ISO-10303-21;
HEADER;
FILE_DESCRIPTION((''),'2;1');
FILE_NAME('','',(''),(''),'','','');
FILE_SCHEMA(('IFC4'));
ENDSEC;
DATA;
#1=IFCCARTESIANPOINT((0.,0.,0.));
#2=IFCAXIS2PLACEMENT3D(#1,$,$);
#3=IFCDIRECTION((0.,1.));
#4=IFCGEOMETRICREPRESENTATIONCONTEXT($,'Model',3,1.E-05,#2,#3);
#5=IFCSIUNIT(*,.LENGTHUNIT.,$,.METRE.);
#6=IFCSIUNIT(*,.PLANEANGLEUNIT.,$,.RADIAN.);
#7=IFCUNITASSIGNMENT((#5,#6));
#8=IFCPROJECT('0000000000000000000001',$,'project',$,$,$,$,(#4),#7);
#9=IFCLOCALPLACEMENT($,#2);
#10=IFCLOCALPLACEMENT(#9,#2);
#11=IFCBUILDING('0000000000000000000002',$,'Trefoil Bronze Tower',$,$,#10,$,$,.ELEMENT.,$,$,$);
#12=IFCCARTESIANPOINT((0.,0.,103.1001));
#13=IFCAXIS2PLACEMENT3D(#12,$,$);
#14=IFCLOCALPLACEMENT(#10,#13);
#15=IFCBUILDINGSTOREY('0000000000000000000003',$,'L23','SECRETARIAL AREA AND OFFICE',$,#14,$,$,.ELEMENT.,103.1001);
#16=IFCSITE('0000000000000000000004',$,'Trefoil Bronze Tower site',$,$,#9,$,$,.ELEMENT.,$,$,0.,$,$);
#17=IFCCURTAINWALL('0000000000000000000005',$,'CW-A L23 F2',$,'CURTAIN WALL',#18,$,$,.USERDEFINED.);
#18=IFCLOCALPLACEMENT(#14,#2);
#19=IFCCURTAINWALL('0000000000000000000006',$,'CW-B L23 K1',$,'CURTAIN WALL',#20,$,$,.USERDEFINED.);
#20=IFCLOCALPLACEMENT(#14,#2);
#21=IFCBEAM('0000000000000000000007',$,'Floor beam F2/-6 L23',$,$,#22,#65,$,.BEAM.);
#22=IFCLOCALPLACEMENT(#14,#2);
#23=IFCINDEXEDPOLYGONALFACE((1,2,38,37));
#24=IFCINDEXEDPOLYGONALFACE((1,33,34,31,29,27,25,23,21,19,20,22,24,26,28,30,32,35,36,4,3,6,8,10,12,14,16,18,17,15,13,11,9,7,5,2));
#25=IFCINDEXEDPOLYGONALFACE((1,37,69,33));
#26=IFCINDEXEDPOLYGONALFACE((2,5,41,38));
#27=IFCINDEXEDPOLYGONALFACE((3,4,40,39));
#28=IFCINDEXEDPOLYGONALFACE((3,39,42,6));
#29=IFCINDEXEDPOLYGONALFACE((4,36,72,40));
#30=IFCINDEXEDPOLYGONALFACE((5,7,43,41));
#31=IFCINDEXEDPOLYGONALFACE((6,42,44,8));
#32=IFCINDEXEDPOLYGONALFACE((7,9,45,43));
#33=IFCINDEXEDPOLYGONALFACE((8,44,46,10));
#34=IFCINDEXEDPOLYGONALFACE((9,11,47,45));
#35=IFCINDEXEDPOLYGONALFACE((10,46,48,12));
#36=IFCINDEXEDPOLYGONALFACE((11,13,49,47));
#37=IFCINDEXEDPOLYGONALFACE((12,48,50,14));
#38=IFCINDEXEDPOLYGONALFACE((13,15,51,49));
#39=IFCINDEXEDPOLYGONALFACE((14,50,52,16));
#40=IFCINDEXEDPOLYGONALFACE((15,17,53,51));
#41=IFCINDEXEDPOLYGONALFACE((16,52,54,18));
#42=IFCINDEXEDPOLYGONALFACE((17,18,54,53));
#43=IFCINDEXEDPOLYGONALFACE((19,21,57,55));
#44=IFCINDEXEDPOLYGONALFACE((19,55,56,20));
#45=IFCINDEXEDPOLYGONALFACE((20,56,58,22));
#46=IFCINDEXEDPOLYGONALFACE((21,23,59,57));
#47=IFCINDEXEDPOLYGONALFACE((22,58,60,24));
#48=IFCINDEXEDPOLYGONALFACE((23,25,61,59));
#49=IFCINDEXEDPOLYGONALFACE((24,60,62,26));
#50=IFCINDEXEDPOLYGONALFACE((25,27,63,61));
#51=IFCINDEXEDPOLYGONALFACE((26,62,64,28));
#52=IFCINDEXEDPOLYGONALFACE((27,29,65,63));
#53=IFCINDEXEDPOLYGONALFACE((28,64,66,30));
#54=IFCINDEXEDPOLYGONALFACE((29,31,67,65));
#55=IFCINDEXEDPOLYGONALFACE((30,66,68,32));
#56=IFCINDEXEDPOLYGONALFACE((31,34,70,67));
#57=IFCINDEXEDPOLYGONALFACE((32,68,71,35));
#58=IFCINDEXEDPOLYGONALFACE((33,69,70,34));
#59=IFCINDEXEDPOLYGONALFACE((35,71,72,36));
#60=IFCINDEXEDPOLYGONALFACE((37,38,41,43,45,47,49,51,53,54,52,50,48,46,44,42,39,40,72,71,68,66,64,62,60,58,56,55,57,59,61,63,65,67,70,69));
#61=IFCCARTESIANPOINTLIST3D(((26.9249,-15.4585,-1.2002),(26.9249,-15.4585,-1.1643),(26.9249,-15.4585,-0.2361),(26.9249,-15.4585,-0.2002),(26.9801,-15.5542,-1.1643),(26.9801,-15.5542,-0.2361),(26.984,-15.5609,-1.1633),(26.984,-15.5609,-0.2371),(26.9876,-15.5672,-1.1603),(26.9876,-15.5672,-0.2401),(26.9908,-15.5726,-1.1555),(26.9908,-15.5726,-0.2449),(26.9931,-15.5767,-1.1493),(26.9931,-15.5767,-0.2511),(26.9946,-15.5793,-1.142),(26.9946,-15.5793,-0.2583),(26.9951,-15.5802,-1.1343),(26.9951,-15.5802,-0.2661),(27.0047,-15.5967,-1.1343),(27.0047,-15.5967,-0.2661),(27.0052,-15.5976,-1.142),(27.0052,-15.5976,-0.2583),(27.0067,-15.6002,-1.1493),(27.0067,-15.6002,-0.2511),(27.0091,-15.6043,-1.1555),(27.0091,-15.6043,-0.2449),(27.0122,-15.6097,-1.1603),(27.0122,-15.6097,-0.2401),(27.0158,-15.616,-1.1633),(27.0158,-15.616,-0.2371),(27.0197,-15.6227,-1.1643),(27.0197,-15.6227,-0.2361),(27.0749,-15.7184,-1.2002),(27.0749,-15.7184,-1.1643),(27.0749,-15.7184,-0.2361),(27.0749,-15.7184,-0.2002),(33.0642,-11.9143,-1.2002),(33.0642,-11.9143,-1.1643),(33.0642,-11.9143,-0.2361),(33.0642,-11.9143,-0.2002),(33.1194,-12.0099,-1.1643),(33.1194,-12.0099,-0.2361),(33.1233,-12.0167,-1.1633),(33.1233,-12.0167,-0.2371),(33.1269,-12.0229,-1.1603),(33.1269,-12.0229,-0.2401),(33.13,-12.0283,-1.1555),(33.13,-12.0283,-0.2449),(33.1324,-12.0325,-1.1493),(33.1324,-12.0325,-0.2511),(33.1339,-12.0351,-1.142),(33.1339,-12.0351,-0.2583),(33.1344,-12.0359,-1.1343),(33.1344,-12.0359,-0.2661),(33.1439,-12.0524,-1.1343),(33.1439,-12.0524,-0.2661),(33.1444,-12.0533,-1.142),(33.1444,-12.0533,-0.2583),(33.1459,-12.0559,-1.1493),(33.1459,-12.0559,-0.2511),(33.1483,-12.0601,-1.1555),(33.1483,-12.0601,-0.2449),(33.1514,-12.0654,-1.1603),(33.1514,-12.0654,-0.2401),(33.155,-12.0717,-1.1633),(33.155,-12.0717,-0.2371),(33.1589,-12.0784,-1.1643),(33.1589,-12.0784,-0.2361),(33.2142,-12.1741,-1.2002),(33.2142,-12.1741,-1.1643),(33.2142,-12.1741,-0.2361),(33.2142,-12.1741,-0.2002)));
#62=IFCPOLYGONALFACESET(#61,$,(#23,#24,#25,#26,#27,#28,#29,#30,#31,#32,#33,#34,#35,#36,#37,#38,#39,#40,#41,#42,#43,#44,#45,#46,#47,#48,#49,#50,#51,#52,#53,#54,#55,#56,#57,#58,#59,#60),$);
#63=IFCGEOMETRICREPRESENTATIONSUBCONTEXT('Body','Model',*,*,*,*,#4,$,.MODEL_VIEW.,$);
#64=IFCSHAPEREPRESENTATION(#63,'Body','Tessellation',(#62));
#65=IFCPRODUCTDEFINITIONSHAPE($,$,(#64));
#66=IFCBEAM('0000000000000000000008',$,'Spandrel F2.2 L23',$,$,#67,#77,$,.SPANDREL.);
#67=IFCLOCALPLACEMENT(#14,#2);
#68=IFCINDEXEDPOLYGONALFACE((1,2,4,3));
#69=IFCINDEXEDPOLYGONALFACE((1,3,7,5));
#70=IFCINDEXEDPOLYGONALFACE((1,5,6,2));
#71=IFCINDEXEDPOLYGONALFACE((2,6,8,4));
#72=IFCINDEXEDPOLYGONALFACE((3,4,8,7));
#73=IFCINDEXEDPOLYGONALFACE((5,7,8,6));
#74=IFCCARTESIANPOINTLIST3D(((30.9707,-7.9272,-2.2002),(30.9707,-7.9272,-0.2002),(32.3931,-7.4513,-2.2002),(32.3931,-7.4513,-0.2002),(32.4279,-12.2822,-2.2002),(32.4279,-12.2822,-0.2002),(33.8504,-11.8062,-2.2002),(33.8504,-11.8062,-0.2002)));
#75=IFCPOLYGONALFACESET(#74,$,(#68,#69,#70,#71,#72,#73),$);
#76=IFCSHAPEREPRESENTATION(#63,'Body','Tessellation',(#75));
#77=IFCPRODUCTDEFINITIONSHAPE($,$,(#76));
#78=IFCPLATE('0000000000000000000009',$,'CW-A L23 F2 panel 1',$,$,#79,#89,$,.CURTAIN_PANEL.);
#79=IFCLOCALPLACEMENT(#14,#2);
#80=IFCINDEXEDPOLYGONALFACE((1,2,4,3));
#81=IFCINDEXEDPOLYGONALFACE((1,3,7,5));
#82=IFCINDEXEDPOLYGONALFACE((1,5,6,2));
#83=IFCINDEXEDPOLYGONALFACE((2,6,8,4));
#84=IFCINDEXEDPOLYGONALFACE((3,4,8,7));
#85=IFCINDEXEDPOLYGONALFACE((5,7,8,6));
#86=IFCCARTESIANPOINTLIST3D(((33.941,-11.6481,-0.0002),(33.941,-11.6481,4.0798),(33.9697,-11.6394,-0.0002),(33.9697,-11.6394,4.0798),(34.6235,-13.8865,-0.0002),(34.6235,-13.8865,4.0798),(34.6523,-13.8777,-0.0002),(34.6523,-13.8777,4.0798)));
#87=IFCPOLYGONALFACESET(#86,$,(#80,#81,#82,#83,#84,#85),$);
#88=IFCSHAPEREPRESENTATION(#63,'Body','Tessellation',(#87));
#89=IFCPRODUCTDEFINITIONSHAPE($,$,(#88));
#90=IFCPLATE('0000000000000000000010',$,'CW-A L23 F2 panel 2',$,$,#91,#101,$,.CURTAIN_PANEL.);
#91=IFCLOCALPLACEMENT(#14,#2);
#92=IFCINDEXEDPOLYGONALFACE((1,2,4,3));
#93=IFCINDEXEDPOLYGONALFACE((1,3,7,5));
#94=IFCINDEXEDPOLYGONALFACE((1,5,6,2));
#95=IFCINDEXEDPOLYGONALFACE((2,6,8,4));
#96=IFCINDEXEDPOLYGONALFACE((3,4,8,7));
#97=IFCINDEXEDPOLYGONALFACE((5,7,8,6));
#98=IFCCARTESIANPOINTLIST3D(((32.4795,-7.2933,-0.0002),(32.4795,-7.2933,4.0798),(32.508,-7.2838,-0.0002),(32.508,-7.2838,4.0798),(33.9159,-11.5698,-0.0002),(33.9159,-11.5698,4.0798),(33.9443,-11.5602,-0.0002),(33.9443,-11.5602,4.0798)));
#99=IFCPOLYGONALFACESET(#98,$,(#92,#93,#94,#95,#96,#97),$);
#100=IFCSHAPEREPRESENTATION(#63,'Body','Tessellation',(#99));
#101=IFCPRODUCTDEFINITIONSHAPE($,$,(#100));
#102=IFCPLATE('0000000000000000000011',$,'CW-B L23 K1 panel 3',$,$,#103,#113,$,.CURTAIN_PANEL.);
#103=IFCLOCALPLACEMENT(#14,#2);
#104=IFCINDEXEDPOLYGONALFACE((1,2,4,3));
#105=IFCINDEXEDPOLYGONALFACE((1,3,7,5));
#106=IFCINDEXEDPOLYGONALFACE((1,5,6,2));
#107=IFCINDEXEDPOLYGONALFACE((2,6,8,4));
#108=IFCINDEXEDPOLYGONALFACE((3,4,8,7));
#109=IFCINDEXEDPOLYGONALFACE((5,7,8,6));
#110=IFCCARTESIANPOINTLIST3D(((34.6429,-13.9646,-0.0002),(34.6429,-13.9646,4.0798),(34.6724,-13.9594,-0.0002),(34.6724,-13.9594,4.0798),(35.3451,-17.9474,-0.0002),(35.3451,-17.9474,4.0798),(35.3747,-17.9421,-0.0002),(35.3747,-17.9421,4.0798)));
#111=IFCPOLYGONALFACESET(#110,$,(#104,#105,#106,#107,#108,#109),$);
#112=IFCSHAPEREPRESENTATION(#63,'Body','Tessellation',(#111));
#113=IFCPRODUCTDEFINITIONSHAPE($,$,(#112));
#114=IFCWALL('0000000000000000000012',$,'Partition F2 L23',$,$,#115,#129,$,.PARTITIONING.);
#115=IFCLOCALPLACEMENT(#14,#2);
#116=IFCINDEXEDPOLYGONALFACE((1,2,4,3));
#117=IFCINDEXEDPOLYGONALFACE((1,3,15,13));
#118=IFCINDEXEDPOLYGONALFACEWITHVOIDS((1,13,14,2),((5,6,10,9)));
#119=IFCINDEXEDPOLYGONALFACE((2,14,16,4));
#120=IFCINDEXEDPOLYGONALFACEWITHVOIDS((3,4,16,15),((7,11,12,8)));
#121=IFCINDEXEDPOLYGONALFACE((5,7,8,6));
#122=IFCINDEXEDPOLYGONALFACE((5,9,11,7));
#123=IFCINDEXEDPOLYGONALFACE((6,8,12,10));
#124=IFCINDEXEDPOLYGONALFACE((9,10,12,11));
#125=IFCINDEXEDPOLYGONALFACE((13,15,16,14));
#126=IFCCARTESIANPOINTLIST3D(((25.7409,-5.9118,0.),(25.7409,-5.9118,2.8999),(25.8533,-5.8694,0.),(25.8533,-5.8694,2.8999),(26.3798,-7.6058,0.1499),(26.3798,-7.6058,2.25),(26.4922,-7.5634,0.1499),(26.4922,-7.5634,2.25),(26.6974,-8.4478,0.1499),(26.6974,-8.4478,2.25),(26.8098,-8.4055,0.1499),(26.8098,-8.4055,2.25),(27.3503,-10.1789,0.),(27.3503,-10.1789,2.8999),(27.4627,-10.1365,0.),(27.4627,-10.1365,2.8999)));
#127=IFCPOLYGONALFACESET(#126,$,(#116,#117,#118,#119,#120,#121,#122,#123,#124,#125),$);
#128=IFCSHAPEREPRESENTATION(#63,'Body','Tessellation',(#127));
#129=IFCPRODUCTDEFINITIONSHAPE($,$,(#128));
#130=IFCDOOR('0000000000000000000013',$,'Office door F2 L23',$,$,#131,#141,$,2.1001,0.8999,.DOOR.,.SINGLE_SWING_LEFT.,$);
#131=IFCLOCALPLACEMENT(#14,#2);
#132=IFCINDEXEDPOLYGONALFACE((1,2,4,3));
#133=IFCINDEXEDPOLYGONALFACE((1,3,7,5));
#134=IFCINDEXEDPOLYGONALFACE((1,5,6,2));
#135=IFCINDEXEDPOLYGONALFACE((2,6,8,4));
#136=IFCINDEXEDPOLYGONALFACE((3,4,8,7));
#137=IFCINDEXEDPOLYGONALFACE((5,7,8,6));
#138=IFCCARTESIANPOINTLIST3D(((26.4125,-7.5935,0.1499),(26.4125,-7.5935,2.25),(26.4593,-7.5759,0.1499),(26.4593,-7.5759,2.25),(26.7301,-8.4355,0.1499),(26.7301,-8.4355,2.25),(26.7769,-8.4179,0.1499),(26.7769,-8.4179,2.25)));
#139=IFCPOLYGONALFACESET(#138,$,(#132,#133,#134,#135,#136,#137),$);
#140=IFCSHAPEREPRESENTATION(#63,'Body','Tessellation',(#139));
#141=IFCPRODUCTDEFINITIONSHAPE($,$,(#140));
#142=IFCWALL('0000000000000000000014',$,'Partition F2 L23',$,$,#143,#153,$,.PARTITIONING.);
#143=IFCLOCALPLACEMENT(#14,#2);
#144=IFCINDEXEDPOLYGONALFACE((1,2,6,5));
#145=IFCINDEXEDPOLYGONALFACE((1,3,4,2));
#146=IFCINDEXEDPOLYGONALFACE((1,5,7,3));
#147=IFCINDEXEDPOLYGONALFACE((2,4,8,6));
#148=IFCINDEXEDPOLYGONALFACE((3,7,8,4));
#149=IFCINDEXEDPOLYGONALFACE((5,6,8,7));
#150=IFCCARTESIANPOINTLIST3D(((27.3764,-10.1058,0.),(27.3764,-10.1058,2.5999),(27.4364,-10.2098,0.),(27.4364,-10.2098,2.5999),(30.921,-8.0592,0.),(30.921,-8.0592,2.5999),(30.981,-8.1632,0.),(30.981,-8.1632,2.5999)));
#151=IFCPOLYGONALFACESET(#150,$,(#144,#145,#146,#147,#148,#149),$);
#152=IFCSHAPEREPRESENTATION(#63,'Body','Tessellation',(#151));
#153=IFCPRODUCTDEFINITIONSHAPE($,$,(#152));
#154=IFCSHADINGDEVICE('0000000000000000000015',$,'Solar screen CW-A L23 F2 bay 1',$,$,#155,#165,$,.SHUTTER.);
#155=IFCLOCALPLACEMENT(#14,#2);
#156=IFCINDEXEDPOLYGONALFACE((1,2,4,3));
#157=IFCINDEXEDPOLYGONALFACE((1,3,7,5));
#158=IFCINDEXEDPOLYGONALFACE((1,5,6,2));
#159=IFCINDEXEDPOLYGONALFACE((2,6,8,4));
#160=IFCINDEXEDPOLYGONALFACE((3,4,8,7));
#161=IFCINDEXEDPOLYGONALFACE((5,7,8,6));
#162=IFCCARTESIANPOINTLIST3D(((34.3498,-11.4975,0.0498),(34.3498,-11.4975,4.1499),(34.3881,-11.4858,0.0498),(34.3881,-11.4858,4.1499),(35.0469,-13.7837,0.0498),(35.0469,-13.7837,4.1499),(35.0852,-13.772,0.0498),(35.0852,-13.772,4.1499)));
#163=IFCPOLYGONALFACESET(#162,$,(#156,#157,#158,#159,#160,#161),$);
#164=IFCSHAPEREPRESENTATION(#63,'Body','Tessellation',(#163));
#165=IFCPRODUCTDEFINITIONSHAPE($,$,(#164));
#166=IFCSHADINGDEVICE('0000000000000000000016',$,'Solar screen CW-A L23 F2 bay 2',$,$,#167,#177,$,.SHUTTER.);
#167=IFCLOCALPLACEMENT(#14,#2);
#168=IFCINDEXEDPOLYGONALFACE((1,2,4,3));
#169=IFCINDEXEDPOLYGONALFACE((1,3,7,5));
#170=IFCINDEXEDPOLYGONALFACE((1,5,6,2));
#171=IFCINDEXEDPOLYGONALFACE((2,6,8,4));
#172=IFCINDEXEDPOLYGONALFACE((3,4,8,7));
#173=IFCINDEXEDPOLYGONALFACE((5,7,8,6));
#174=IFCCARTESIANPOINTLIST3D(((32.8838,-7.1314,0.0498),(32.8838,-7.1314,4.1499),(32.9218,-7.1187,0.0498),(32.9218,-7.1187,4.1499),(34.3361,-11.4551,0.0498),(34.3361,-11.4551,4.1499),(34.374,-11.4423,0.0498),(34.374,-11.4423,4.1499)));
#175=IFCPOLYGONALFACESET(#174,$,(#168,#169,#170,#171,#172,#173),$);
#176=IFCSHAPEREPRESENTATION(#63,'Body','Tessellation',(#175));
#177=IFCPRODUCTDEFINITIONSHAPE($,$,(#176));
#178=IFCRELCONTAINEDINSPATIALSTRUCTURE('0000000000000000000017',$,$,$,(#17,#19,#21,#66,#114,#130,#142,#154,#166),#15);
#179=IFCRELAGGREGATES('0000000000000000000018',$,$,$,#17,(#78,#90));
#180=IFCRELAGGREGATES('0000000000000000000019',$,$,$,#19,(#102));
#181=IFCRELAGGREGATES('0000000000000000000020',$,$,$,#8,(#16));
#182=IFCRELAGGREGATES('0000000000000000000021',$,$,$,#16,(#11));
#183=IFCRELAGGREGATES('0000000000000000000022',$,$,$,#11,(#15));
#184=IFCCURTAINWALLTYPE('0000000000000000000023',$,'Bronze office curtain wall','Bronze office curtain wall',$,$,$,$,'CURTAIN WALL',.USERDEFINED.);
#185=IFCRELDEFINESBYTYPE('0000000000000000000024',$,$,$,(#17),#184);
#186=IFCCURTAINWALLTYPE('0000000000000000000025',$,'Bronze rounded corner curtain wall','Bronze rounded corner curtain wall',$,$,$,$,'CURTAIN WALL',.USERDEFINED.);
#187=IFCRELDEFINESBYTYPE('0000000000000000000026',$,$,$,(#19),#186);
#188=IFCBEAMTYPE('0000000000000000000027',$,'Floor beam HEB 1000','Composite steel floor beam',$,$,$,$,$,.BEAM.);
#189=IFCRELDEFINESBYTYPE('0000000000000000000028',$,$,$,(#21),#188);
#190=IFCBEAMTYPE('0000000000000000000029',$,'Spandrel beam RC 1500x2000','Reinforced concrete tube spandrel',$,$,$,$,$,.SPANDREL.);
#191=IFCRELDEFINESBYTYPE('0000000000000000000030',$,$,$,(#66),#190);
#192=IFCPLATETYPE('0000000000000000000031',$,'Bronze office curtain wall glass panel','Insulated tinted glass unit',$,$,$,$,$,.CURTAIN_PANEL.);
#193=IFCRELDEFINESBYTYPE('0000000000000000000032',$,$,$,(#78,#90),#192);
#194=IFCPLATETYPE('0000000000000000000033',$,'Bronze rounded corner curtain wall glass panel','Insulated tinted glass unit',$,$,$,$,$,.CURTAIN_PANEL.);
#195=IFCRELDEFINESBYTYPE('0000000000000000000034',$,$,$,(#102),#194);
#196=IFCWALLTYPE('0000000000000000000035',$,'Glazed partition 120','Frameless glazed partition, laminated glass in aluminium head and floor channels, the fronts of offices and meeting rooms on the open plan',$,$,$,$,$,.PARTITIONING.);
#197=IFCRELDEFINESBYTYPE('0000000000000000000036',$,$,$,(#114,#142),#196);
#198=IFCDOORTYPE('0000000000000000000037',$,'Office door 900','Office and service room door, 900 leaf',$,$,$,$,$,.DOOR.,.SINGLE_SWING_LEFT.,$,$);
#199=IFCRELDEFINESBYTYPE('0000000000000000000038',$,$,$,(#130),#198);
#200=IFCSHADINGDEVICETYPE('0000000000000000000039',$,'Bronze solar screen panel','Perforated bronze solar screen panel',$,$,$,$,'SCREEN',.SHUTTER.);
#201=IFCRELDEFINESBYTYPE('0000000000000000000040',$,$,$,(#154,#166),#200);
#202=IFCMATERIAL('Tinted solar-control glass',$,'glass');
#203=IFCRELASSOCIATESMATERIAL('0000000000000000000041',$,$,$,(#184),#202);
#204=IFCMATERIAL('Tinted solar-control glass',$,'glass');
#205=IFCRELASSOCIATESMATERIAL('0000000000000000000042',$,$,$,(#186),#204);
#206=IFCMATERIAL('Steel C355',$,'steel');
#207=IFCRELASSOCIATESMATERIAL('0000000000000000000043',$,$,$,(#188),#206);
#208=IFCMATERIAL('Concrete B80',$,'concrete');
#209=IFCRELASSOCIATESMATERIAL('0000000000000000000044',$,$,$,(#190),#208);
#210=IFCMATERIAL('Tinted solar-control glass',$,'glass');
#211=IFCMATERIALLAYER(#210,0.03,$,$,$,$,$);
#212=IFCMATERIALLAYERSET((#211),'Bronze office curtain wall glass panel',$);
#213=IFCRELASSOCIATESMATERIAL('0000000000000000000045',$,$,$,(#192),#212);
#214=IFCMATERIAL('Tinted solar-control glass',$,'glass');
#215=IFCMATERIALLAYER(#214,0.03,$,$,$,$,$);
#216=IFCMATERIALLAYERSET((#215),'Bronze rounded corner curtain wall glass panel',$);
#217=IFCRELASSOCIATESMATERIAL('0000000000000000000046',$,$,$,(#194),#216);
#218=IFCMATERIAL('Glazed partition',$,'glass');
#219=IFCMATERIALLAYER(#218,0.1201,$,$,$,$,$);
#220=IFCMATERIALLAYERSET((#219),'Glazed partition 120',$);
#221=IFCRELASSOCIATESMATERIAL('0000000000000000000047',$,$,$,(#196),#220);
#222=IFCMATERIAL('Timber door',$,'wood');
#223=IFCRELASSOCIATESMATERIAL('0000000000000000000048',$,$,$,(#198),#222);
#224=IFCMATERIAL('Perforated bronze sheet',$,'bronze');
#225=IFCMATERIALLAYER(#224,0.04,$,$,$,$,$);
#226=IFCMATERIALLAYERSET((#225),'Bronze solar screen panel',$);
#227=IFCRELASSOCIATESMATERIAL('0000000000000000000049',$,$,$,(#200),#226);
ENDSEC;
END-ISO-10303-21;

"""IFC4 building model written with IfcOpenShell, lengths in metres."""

from ifc_helpers import new_model, si_unit, direction, frame, frame_2d, origin, origin_2d, place, context, subcontext, project, spatial, rectangle, i_section, extrude, material, layer, layer_set, material_profile, profile_set, type_object, element, fill, aggregate, save


model = new_model("IFC4")

# Units and contexts
model_context = context("Model", 3, precision=1e-05, world=origin(), true_north=direction((0.0, 1.0)))
body_context = subcontext(model_context, "Body", "Model", "MODEL_VIEW")
ifc_project = project(units=[si_unit("LENGTHUNIT", "METRE"), si_unit("PLANEANGLEUNIT", "RADIAN")], contexts=[model_context])

# Site, building, storey
site_placement = place(None, origin())
site = spatial("IfcSite", under=ifc_project, at=site_placement, Name="Trefoil Bronze Tower site", CompositionType="ELEMENT", RefElevation=0.0)
building_placement = place(site_placement, origin())
building = spatial("IfcBuilding", under=site, at=building_placement, Name="Trefoil Bronze Tower", CompositionType="ELEMENT")
storey_placement = place(building_placement, frame((0.0, 0.0, 103.1001)))
storey = spatial("IfcBuildingStorey", under=building, at=storey_placement, Name="L23", Description="SECRETARIAL AREA AND OFFICE", CompositionType="ELEMENT", Elevation=103.1001)

# Curtain wall
ifc_material_1 = material(Name="Tinted solar-control glass", Category="glass")
curtain_wall_type_1 = type_object("IfcCurtainWallType", Name="Bronze office curtain wall", Description="Bronze office curtain wall", ElementType="CURTAIN WALL", PredefinedType="USERDEFINED", material=ifc_material_1)
curtain_wall_1_placement = place(storey_placement, origin())
curtain_wall_1 = element("IfcCurtainWall", 1, at=curtain_wall_1_placement, inside=storey, type_object=curtain_wall_type_1, Name="CW-A L23 F2", ObjectType="CURTAIN WALL", PredefinedType="USERDEFINED")

# Curtain wall
ifc_material_2 = material(Name="Tinted solar-control glass", Category="glass")
curtain_wall_type_2 = type_object("IfcCurtainWallType", Name="Bronze rounded corner curtain wall", Description="Bronze rounded corner curtain wall", ElementType="CURTAIN WALL", PredefinedType="USERDEFINED", material=ifc_material_2)
curtain_wall_2_placement = place(storey_placement, origin())
curtain_wall_2 = element("IfcCurtainWall", 2, at=curtain_wall_2_placement, inside=storey, type_object=curtain_wall_type_2, Name="CW-B L23 K1", ObjectType="CURTAIN WALL", PredefinedType="USERDEFINED")

# Beams
ifc_material_3 = material(Name="Steel C355", Category="steel")
ifc_material_profile_1 = material_profile(ifc_material_3, i_section(OverallWidth=0.3, OverallDepth=1.0, WebThickness=0.019, FlangeThickness=0.0359, FilletRadius=0.03, at=origin_2d()), Name="HEB 1000")
ifc_profile_set_1 = profile_set([ifc_material_profile_1], Name="Steel C355")
beam_type_1 = type_object("IfcBeamType", Name="Floor beam HEB 1000", Description="Composite steel floor beam", PredefinedType="BEAM", material=ifc_profile_set_1)
beam_1_placement = place(storey_placement, frame((33.1392, -12.0442, -0.7002), z_axis=(-0.866041, -0.499973, 0.0), x_axis=(0.499973, -0.866041, 0.0)))
element("IfcBeam", 3, at=beam_1_placement, inside=storey, type_object=beam_type_1, Name="Floor beam F2/-6 L23", PredefinedType="BEAM", context=body_context, shape_type="SweptSolid", body=[
    extrude(i_section(OverallWidth=0.3, OverallDepth=1.0, WebThickness=0.019, FlangeThickness=0.0359, FilletRadius=0.03, at=origin_2d()), origin(), (0.0, 0.0, 1.0), 7.0889),
])
ifc_material_4 = material(Name="Concrete B80", Category="concrete")
ifc_material_profile_2 = material_profile(ifc_material_4, rectangle(XDim=1.5, YDim=2.0, at=origin_2d()), Name="RC 1500x2000")
ifc_profile_set_2 = profile_set([ifc_material_profile_2], Name="Concrete B80")
beam_type_2 = type_object("IfcBeamType", Name="Spandrel beam RC 1500x2000", Description="Reinforced concrete tube spandrel", PredefinedType="SPANDREL", material=ifc_profile_set_2)
beam_2_placement = place(storey_placement, frame((33.1392, -12.0442, -1.2002), z_axis=(-0.317328, 0.948316, 0.0), x_axis=(-0.948316, -0.317328, 0.0)))
element("IfcBeam", 4, at=beam_2_placement, inside=storey, type_object=beam_type_2, Name="Spandrel F2.2 L23", PredefinedType="SPANDREL", context=body_context, shape_type="SweptSolid", body=[
    extrude(rectangle(XDim=1.5, YDim=2.0, at=origin_2d()), origin(), (0.0, 0.0, 1.0), 4.5923),
])

# Plates
ifc_material_5 = material(Name="Tinted solar-control glass", Category="glass")
ifc_layer_1 = layer(ifc_material_5, 0.03)
ifc_layer_set_1 = layer_set([ifc_layer_1], Name="Bronze office curtain wall glass panel")
plate_type_1 = type_object("IfcPlateType", Name="Bronze office curtain wall glass panel", Description="Insulated tinted glass unit", PredefinedType="CURTAIN_PANEL", material=ifc_layer_set_1)
plate_1_placement = place(storey_placement, frame((34.2966, -12.7629, -0.0002), z_axis=(0.0, 0.0, 1.0), x_axis=(-0.291669, 0.956519, 0.0)))
plate_1 = element("IfcPlate", 5, at=plate_1_placement, type_object=plate_type_1, Name="CW-A L23 F2 panel 1", PredefinedType="CURTAIN_PANEL", context=body_context, shape_type="SweptSolid", body=[
    extrude(rectangle(XDim=2.3401, YDim=0.03, at=origin_2d()), origin(), (0.0, 0.0, 1.0), 4.0801),
])
plate_2_placement = place(storey_placement, frame((33.2119, -9.4268, -0.0002), z_axis=(0.0, 0.0, 1.0), x_axis=(-0.318404, 0.947955, 0.0)))
plate_2 = element("IfcPlate", 6, at=plate_2_placement, type_object=plate_type_1, Name="CW-A L23 F2 panel 2", PredefinedType="CURTAIN_PANEL", context=body_context, shape_type="SweptSolid", body=[
    extrude(rectangle(XDim=4.5112, YDim=0.03, at=origin_2d()), origin(), (0.0, 0.0, 1.0), 4.0801),
])
aggregate(curtain_wall_1, [plate_1, plate_2])
ifc_material_6 = material(Name="Tinted solar-control glass", Category="glass")
ifc_layer_2 = layer(ifc_material_6, 0.03)
ifc_layer_set_2 = layer_set([ifc_layer_2], Name="Bronze rounded corner curtain wall glass panel")
plate_type_2 = type_object("IfcPlateType", Name="Bronze rounded corner curtain wall glass panel", Description="Insulated tinted glass unit", PredefinedType="CURTAIN_PANEL", material=ifc_layer_set_2)
plate_3_placement = place(storey_placement, frame((35.0088, -15.9534, -0.0002), z_axis=(0.0, 0.0, 1.0), x_axis=(-0.173648, 0.984808, 0.0)))
plate_3 = element("IfcPlate", 7, at=plate_3_placement, type_object=plate_type_2, Name="CW-B L23 K1 panel 3", PredefinedType="CURTAIN_PANEL", context=body_context, shape_type="SweptSolid", body=[
    extrude(rectangle(XDim=4.0442, YDim=0.03, at=origin_2d()), origin(), (0.0, 0.0, 1.0), 4.0801),
])
aggregate(curtain_wall_2, [plate_3])

# Wall, opening, door
ifc_material_7 = material(Name="Glazed partition", Category="glass")
ifc_layer_3 = layer(ifc_material_7, 0.1201)
ifc_layer_set_3 = layer_set([ifc_layer_3], Name="Glazed partition 120")
wall_type = type_object("IfcWallType", Name="Glazed partition 120", Description="Frameless glazed partition, laminated glass in aluminium head and floor channels, the fronts of offices and meeting rooms on the open plan", PredefinedType="PARTITIONING", material=ifc_layer_set_3)
wall_1_placement = place(storey_placement, frame((27.4065, -10.1577, 0.0), z_axis=(0.0, 0.0, 1.0), x_axis=(-0.352895, 0.935663, 0.0)))
wall_1 = element("IfcWall", 8, at=wall_1_placement, inside=storey, type_object=wall_type, Name="Partition F2 L23", PredefinedType="PARTITIONING", context=body_context, shape_type="SweptSolid", body=[
    extrude(rectangle(XDim=4.5605, YDim=0.1201, at=frame_2d((2.2803, 0.0))), origin(), (0.0, 0.0, 1.0), 2.8999),
])
opening_placement = place(wall_1_placement, frame((1.8501, 0.0, 0.1499)))
opening = element("IfcOpeningElement", 9, at=opening_placement, cuts=wall_1, PredefinedType="OPENING", context=body_context, shape_type="SweptSolid", body=[
    extrude(rectangle(XDim=0.8999, YDim=2.1001, at=frame_2d((0.45, 1.05))), frame((0.0, 0.0701, 0.0), z_axis=(0.0, -1.0, 0.0), x_axis=(1.0, 0.0, 0.0)), (0.0, 0.0, 1.0), 0.1401),
])
ifc_material_8 = material(Name="Timber door", Category="wood")
door_type = type_object("IfcDoorType", Name="Office door 900", Description="Office and service room door, 900 leaf", OperationType="SINGLE_SWING_LEFT", PredefinedType="DOOR", material=ifc_material_8)
door_placement = place(opening_placement, frame((0.8999, 0.0, 0.0), z_axis=(0.0, 0.0, 1.0), x_axis=(-1.0, 0.0, 0.0)))
door = element("IfcDoor", 10, at=door_placement, inside=storey, type_object=door_type, Name="Office door F2 L23", OperationType="SINGLE_SWING_LEFT", OverallHeight=2.1001, OverallWidth=0.8999, PredefinedType="DOOR", context=body_context, shape_type="SweptSolid", body=[
    extrude(rectangle(XDim=0.8999, YDim=2.1001, at=frame_2d((0.45, 1.05))), frame((0.0, 0.0249, 0.0), z_axis=(0.0, -1.0, 0.0), x_axis=(1.0, 0.0, 0.0)), (0.0, 0.0, 1.0), 0.05),
])
fill(opening, door)

# Wall
wall_2_placement = place(storey_placement, frame((27.4065, -10.1577, 0.0), z_axis=(0.0, 0.0, 1.0), x_axis=(0.866014, 0.50002, 0.0)))
element("IfcWall", 11, at=wall_2_placement, inside=storey, type_object=wall_type, Name="Partition F2 L23", PredefinedType="PARTITIONING", context=body_context, shape_type="SweptSolid", body=[
    extrude(rectangle(XDim=4.093, YDim=0.1201, at=frame_2d((2.0464, 0.0))), origin(), (0.0, 0.0, 1.0), 2.5999),
])

# Shading devices
ifc_material_9 = material(Name="Perforated bronze sheet", Category="bronze")
ifc_layer_4 = layer(ifc_material_9, 0.04)
ifc_layer_set_4 = layer_set([ifc_layer_4], Name="Bronze solar screen panel")
shading_device_type = type_object("IfcShadingDeviceType", Name="Bronze solar screen panel", Description="Perforated bronze solar screen panel", ElementType="SCREEN", PredefinedType="SHUTTER", material=ifc_layer_set_4)
shading_device_1_placement = place(storey_placement, frame((34.7175, -12.6348, 0.0498), z_axis=(0.0, 0.0, 1.0), x_axis=(-0.291669, 0.956519, 0.0)))
element("IfcShadingDevice", 12, at=shading_device_1_placement, inside=storey, type_object=shading_device_type, Name="Solar screen CW-A L23 F2 bay 1", PredefinedType="SHUTTER", context=body_context, shape_type="SweptSolid", body=[
    extrude(rectangle(XDim=2.3901, YDim=0.04, at=origin_2d()), origin(), (0.0, 0.0, 1.0), 4.1001),
])
shading_device_2_placement = place(storey_placement, frame((33.6289, -9.2869, 0.0498), z_axis=(0.0, 0.0, 1.0), x_axis=(-0.318404, 0.947955, 0.0)))
element("IfcShadingDevice", 13, at=shading_device_2_placement, inside=storey, type_object=shading_device_type, Name="Solar screen CW-A L23 F2 bay 2", PredefinedType="SHUTTER", context=body_context, shape_type="SweptSolid", body=[
    extrude(rectangle(XDim=4.561, YDim=0.04, at=origin_2d()), origin(), (0.0, 0.0, 1.0), 4.1001),
])

save(model, "model.ifc")
